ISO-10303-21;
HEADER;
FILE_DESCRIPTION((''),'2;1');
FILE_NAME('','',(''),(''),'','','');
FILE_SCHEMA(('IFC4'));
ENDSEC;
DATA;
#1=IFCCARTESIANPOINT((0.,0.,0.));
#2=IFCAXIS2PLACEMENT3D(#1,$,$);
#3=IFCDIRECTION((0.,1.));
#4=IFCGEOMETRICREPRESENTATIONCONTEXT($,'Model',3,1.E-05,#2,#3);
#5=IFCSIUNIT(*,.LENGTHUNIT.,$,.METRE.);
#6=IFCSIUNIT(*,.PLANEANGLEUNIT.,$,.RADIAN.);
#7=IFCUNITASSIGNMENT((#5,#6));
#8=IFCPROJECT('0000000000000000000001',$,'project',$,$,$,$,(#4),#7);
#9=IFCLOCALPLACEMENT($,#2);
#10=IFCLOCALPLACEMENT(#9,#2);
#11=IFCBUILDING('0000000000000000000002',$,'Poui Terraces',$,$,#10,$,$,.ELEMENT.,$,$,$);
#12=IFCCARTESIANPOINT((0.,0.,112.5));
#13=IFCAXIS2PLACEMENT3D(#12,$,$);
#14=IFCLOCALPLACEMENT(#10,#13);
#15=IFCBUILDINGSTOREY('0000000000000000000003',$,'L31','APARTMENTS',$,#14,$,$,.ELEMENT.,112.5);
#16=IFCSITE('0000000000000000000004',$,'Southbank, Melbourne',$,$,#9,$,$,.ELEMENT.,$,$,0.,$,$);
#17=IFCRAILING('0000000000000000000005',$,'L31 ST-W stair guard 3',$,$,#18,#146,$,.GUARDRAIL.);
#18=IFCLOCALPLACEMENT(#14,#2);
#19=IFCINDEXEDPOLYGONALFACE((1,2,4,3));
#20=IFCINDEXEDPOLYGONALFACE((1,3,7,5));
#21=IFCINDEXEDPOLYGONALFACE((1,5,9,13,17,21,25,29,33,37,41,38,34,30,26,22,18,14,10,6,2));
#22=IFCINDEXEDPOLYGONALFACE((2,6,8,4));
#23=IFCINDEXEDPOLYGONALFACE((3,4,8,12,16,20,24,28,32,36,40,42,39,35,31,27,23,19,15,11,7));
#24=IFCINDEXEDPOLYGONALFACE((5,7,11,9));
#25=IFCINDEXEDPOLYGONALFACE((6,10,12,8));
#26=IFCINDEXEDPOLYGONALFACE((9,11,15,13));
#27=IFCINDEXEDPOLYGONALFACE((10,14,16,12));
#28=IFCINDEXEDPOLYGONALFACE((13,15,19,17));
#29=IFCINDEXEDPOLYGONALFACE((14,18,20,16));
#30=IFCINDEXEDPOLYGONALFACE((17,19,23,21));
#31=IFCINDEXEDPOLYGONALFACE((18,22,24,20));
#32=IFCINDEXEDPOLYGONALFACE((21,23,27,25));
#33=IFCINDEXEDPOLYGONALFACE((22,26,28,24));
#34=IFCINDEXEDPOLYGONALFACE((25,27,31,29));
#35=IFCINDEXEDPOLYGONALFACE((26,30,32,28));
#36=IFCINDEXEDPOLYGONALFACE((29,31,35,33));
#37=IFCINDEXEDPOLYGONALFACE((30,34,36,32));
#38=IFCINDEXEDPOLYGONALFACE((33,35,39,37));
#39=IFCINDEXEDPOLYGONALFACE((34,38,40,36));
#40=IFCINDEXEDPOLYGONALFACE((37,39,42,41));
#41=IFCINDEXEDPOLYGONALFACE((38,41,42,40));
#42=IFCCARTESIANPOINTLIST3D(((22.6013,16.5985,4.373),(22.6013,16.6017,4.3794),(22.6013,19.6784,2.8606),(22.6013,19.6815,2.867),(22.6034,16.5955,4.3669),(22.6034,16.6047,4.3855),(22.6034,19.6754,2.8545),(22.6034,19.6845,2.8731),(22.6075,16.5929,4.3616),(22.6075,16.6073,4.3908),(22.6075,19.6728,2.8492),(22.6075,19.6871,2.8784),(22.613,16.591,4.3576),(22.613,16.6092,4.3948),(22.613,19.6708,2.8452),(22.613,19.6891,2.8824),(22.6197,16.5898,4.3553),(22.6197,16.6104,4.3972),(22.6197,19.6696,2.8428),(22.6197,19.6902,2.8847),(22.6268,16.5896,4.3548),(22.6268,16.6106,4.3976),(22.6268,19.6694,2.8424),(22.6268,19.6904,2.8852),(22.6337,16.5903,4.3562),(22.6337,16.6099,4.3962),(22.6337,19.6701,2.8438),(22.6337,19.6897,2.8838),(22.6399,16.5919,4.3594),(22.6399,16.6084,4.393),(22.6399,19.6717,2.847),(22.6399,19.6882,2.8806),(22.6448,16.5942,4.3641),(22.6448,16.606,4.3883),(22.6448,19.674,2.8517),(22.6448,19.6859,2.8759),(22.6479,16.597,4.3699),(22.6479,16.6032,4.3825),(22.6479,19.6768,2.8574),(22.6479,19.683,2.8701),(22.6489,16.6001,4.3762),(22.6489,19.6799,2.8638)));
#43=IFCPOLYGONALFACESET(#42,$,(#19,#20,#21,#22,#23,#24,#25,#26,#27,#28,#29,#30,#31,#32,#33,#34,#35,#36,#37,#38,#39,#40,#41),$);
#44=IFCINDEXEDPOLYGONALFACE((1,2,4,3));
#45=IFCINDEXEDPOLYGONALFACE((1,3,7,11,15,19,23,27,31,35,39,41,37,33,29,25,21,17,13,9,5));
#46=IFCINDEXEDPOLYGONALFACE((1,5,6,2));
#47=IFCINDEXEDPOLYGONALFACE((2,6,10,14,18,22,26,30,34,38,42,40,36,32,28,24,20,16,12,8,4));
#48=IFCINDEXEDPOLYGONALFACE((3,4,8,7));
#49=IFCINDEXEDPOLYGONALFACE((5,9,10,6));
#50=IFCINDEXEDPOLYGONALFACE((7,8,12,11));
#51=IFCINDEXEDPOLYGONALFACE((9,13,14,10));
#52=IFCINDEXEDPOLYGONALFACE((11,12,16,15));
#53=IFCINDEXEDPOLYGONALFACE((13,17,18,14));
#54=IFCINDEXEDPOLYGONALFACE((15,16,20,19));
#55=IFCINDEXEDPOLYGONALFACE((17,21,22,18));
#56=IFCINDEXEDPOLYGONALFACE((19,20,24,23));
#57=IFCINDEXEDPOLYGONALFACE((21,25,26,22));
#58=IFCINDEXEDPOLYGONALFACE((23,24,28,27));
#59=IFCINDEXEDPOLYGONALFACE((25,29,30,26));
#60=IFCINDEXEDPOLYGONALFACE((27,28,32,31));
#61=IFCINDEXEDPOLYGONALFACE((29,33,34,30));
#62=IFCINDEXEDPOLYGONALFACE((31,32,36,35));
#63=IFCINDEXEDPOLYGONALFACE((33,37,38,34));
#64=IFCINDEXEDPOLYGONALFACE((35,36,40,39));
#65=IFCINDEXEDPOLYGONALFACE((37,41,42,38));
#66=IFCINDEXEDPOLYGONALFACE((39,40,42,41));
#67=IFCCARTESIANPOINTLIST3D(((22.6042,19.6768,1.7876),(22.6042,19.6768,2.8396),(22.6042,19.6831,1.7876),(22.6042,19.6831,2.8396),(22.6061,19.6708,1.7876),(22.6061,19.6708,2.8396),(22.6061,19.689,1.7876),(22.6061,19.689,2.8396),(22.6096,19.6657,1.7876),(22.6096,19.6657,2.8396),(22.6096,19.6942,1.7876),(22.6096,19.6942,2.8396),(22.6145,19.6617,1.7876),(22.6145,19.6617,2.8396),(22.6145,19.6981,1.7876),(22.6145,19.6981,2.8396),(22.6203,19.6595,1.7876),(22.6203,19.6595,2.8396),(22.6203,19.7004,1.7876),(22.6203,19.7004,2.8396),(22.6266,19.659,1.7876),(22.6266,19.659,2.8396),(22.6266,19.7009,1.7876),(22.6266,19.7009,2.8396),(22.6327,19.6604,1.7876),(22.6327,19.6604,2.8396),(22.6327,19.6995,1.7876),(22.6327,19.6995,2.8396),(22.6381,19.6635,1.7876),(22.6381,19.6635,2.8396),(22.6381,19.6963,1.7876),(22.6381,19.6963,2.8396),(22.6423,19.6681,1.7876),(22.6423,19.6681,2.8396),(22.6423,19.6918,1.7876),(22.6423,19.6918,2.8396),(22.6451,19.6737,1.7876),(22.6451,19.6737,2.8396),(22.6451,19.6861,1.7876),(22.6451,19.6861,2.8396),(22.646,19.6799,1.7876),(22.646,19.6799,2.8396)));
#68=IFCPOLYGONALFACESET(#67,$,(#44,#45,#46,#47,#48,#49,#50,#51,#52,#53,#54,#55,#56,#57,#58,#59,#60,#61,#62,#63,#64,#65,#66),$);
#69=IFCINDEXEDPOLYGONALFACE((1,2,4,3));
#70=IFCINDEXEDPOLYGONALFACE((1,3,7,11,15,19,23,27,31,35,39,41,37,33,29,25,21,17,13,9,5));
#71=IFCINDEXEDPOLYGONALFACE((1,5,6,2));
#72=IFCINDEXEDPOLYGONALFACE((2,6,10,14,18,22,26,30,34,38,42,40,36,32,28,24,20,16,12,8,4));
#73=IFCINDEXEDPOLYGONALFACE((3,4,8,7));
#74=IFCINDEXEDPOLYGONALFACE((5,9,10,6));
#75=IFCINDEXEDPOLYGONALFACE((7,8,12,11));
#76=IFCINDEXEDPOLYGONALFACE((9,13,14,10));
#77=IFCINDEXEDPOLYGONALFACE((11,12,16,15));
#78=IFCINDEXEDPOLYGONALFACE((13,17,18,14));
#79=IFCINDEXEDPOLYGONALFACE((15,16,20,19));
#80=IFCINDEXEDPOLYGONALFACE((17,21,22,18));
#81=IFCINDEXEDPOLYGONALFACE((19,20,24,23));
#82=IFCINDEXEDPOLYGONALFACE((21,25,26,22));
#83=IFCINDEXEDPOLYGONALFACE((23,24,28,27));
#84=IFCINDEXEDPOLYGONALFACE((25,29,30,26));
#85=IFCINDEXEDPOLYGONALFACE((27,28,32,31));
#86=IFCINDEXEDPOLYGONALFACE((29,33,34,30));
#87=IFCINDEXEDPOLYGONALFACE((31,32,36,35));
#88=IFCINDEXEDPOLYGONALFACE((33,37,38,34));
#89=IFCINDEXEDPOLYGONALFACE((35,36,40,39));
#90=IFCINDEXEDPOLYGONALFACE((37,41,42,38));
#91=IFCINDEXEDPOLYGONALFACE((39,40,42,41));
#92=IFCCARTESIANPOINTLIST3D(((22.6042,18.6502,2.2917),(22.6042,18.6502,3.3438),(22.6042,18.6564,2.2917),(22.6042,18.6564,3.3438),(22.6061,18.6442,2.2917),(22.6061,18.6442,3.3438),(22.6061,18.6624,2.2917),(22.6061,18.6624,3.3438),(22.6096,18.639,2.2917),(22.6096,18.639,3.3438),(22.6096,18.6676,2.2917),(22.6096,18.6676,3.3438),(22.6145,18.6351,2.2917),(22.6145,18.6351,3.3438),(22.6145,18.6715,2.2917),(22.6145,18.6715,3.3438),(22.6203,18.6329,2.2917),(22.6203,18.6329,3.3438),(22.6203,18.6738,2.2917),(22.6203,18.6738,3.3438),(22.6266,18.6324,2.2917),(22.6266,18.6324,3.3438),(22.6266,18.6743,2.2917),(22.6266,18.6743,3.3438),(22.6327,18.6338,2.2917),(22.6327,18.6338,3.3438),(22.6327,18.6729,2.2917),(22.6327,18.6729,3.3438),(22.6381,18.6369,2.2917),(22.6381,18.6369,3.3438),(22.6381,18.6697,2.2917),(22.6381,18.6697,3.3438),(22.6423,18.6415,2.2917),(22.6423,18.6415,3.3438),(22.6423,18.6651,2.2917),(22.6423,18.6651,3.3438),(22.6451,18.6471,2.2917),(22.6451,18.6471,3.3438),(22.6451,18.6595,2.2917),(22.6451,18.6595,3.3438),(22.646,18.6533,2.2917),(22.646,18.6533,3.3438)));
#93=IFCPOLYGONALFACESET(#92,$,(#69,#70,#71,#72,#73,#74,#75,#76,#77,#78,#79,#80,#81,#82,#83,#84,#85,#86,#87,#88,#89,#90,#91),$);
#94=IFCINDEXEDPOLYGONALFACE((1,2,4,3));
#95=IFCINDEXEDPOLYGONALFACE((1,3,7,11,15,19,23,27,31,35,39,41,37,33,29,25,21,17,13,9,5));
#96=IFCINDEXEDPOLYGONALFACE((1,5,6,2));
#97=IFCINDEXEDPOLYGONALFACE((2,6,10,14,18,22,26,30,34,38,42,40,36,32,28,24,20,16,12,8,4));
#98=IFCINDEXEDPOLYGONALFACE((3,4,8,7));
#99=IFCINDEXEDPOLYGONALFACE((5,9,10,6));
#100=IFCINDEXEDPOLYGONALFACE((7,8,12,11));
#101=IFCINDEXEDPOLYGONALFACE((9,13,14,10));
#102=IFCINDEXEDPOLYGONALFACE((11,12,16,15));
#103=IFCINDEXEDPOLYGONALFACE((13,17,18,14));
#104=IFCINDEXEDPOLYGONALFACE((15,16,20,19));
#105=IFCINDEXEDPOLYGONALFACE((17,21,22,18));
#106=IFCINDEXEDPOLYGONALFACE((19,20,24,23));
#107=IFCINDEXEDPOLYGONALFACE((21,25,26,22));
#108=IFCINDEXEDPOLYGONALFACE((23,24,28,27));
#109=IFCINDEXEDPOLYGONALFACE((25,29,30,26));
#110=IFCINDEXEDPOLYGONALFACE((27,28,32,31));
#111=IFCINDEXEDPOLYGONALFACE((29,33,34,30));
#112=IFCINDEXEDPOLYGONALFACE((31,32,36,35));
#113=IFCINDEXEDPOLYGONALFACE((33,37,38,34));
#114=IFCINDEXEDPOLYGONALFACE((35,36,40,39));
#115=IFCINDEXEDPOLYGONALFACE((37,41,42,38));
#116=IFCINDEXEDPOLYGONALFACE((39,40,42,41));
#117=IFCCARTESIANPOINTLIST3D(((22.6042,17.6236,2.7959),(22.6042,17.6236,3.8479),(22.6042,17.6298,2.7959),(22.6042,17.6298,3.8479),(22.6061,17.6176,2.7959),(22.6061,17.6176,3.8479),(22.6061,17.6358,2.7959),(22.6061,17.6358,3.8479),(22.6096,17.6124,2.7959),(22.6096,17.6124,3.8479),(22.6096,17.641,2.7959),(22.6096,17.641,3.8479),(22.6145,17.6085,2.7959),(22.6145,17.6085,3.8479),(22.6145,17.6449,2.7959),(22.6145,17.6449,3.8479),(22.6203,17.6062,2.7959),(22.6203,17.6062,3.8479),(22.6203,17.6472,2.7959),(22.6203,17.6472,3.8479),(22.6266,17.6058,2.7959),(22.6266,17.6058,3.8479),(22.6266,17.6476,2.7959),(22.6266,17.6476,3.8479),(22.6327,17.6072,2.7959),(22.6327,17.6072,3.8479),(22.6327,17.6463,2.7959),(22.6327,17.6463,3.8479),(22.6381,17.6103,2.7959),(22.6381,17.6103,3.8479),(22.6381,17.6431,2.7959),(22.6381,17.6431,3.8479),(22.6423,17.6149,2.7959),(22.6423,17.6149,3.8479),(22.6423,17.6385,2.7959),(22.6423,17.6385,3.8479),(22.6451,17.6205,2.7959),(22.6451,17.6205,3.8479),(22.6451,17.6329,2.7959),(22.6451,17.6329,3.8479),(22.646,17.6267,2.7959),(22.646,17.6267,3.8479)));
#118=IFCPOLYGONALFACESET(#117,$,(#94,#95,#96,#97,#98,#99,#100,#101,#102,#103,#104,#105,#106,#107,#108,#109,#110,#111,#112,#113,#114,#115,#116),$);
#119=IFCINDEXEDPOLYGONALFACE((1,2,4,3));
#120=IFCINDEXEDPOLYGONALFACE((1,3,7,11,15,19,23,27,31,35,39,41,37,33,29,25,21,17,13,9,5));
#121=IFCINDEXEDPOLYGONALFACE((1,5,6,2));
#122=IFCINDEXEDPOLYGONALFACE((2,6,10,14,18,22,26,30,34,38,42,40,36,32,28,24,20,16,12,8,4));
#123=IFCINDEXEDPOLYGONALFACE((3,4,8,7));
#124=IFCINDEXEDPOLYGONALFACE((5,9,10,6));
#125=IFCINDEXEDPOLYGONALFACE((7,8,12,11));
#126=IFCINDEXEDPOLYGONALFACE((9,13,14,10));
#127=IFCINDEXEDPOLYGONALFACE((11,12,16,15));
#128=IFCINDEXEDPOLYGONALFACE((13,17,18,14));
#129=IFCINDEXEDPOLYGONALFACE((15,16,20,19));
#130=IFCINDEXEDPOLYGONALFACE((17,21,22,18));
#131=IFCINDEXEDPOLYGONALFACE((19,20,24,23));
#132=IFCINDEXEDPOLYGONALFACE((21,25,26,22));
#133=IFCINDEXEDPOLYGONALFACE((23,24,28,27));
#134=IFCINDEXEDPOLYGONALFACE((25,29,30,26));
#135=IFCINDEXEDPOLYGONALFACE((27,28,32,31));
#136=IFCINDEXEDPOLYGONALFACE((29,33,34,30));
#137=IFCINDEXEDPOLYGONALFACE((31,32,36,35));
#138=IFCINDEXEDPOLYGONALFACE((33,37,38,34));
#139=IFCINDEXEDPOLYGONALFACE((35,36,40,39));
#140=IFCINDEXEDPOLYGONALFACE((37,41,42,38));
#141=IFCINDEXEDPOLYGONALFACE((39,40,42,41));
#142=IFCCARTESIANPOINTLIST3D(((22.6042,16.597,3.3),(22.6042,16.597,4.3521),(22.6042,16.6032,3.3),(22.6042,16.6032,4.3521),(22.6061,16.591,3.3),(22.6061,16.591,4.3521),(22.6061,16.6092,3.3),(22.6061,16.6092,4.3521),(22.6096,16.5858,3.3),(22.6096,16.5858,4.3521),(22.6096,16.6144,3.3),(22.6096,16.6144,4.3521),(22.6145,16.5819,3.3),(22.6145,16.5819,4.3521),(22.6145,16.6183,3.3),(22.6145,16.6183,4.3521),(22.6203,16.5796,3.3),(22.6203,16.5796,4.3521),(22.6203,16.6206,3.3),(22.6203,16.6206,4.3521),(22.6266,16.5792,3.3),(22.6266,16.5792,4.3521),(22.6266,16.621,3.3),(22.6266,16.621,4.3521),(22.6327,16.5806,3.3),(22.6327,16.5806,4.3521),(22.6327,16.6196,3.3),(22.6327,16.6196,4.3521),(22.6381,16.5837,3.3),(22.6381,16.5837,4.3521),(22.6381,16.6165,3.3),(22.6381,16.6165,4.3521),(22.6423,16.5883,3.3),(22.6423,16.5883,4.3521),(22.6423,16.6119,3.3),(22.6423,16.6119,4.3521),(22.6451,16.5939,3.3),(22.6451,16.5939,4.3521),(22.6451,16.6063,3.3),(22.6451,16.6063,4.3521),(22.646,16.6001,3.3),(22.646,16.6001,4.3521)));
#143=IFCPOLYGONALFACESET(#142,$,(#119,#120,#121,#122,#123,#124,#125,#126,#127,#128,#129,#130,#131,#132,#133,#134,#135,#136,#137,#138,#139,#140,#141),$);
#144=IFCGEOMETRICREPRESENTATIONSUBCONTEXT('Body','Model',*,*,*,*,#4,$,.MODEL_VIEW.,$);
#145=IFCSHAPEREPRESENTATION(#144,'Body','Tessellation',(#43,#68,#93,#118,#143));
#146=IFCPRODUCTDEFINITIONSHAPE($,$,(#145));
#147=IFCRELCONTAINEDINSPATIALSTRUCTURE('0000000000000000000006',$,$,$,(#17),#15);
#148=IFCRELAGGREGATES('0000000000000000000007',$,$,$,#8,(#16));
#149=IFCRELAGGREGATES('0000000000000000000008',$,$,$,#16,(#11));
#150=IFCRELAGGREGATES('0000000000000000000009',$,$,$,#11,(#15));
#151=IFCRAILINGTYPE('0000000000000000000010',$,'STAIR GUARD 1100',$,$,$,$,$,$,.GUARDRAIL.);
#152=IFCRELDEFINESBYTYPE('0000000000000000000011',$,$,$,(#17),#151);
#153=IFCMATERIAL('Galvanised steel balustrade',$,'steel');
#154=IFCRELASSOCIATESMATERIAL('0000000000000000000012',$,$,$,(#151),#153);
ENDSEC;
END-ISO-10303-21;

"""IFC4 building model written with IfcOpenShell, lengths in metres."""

from ifc_helpers import new_model, si_unit, direction, frame, origin, origin_2d, place, context, subcontext, project, spatial, circle, extrude, material, type_object, element, save


model = new_model("IFC4")

# Units and contexts
model_context = context("Model", 3, precision=1e-05, world=origin(), true_north=direction((0.0, 1.0)))
body_context = subcontext(model_context, "Body", "Model", "MODEL_VIEW")
ifc_project = project(units=[si_unit("LENGTHUNIT", "METRE"), si_unit("PLANEANGLEUNIT", "RADIAN")], contexts=[model_context])

# Site, building, storey
site_placement = place(None, origin())
site = spatial("IfcSite", under=ifc_project, at=site_placement, Name="Southbank, Melbourne", CompositionType="ELEMENT", RefElevation=0.0)
building_placement = place(site_placement, origin())
building = spatial("IfcBuilding", under=site, at=building_placement, Name="Poui Terraces", CompositionType="ELEMENT")
storey_placement = place(building_placement, frame((0.0, 0.0, 112.5)))
storey = spatial("IfcBuildingStorey", under=building, at=storey_placement, Name="L31", Description="APARTMENTS", CompositionType="ELEMENT", Elevation=112.5)

# Railing
ifc_material_1 = material(Name="Galvanised steel balustrade", Category="steel")
railing_type_1 = type_object("IfcRailingType", Name="STAIR GUARD 1100", PredefinedType="GUARDRAIL", material=ifc_material_1)
railing_1_placement = place(storey_placement, frame((22.625, 19.6799, 1.7876)))
element("IfcRailing", 1, at=railing_1_placement, inside=storey, type_object=railing_type_1, Name="L31 ST-W stair guard 3", PredefinedType="GUARDRAIL", context=body_context, shape_type="SweptSolid", body=[
    extrude(circle(Radius=0.0239, at=origin_2d()), frame((0.0, 0.0, 1.0762), z_axis=(0.0, -0.897606, 0.440798), x_axis=(1.0, 0.0, 0.0)), (0.0, 0.0, 1.0), 3.4312),
    extrude(circle(Radius=0.021, at=origin_2d()), origin(), (0.0, 0.0, 1.0), 1.052),
    extrude(circle(Radius=0.021, at=origin_2d()), frame((0.0, -1.0266, 0.5042)), (0.0, 0.0, 1.0), 1.052),
    extrude(circle(Radius=0.021, at=origin_2d()), frame((0.0, -2.0532, 1.0083)), (0.0, 0.0, 1.0), 1.052),
    extrude(circle(Radius=0.021, at=origin_2d()), frame((0.0, -3.0798, 1.5125)), (0.0, 0.0, 1.0), 1.052),
])

save(model, "model.ifc")
